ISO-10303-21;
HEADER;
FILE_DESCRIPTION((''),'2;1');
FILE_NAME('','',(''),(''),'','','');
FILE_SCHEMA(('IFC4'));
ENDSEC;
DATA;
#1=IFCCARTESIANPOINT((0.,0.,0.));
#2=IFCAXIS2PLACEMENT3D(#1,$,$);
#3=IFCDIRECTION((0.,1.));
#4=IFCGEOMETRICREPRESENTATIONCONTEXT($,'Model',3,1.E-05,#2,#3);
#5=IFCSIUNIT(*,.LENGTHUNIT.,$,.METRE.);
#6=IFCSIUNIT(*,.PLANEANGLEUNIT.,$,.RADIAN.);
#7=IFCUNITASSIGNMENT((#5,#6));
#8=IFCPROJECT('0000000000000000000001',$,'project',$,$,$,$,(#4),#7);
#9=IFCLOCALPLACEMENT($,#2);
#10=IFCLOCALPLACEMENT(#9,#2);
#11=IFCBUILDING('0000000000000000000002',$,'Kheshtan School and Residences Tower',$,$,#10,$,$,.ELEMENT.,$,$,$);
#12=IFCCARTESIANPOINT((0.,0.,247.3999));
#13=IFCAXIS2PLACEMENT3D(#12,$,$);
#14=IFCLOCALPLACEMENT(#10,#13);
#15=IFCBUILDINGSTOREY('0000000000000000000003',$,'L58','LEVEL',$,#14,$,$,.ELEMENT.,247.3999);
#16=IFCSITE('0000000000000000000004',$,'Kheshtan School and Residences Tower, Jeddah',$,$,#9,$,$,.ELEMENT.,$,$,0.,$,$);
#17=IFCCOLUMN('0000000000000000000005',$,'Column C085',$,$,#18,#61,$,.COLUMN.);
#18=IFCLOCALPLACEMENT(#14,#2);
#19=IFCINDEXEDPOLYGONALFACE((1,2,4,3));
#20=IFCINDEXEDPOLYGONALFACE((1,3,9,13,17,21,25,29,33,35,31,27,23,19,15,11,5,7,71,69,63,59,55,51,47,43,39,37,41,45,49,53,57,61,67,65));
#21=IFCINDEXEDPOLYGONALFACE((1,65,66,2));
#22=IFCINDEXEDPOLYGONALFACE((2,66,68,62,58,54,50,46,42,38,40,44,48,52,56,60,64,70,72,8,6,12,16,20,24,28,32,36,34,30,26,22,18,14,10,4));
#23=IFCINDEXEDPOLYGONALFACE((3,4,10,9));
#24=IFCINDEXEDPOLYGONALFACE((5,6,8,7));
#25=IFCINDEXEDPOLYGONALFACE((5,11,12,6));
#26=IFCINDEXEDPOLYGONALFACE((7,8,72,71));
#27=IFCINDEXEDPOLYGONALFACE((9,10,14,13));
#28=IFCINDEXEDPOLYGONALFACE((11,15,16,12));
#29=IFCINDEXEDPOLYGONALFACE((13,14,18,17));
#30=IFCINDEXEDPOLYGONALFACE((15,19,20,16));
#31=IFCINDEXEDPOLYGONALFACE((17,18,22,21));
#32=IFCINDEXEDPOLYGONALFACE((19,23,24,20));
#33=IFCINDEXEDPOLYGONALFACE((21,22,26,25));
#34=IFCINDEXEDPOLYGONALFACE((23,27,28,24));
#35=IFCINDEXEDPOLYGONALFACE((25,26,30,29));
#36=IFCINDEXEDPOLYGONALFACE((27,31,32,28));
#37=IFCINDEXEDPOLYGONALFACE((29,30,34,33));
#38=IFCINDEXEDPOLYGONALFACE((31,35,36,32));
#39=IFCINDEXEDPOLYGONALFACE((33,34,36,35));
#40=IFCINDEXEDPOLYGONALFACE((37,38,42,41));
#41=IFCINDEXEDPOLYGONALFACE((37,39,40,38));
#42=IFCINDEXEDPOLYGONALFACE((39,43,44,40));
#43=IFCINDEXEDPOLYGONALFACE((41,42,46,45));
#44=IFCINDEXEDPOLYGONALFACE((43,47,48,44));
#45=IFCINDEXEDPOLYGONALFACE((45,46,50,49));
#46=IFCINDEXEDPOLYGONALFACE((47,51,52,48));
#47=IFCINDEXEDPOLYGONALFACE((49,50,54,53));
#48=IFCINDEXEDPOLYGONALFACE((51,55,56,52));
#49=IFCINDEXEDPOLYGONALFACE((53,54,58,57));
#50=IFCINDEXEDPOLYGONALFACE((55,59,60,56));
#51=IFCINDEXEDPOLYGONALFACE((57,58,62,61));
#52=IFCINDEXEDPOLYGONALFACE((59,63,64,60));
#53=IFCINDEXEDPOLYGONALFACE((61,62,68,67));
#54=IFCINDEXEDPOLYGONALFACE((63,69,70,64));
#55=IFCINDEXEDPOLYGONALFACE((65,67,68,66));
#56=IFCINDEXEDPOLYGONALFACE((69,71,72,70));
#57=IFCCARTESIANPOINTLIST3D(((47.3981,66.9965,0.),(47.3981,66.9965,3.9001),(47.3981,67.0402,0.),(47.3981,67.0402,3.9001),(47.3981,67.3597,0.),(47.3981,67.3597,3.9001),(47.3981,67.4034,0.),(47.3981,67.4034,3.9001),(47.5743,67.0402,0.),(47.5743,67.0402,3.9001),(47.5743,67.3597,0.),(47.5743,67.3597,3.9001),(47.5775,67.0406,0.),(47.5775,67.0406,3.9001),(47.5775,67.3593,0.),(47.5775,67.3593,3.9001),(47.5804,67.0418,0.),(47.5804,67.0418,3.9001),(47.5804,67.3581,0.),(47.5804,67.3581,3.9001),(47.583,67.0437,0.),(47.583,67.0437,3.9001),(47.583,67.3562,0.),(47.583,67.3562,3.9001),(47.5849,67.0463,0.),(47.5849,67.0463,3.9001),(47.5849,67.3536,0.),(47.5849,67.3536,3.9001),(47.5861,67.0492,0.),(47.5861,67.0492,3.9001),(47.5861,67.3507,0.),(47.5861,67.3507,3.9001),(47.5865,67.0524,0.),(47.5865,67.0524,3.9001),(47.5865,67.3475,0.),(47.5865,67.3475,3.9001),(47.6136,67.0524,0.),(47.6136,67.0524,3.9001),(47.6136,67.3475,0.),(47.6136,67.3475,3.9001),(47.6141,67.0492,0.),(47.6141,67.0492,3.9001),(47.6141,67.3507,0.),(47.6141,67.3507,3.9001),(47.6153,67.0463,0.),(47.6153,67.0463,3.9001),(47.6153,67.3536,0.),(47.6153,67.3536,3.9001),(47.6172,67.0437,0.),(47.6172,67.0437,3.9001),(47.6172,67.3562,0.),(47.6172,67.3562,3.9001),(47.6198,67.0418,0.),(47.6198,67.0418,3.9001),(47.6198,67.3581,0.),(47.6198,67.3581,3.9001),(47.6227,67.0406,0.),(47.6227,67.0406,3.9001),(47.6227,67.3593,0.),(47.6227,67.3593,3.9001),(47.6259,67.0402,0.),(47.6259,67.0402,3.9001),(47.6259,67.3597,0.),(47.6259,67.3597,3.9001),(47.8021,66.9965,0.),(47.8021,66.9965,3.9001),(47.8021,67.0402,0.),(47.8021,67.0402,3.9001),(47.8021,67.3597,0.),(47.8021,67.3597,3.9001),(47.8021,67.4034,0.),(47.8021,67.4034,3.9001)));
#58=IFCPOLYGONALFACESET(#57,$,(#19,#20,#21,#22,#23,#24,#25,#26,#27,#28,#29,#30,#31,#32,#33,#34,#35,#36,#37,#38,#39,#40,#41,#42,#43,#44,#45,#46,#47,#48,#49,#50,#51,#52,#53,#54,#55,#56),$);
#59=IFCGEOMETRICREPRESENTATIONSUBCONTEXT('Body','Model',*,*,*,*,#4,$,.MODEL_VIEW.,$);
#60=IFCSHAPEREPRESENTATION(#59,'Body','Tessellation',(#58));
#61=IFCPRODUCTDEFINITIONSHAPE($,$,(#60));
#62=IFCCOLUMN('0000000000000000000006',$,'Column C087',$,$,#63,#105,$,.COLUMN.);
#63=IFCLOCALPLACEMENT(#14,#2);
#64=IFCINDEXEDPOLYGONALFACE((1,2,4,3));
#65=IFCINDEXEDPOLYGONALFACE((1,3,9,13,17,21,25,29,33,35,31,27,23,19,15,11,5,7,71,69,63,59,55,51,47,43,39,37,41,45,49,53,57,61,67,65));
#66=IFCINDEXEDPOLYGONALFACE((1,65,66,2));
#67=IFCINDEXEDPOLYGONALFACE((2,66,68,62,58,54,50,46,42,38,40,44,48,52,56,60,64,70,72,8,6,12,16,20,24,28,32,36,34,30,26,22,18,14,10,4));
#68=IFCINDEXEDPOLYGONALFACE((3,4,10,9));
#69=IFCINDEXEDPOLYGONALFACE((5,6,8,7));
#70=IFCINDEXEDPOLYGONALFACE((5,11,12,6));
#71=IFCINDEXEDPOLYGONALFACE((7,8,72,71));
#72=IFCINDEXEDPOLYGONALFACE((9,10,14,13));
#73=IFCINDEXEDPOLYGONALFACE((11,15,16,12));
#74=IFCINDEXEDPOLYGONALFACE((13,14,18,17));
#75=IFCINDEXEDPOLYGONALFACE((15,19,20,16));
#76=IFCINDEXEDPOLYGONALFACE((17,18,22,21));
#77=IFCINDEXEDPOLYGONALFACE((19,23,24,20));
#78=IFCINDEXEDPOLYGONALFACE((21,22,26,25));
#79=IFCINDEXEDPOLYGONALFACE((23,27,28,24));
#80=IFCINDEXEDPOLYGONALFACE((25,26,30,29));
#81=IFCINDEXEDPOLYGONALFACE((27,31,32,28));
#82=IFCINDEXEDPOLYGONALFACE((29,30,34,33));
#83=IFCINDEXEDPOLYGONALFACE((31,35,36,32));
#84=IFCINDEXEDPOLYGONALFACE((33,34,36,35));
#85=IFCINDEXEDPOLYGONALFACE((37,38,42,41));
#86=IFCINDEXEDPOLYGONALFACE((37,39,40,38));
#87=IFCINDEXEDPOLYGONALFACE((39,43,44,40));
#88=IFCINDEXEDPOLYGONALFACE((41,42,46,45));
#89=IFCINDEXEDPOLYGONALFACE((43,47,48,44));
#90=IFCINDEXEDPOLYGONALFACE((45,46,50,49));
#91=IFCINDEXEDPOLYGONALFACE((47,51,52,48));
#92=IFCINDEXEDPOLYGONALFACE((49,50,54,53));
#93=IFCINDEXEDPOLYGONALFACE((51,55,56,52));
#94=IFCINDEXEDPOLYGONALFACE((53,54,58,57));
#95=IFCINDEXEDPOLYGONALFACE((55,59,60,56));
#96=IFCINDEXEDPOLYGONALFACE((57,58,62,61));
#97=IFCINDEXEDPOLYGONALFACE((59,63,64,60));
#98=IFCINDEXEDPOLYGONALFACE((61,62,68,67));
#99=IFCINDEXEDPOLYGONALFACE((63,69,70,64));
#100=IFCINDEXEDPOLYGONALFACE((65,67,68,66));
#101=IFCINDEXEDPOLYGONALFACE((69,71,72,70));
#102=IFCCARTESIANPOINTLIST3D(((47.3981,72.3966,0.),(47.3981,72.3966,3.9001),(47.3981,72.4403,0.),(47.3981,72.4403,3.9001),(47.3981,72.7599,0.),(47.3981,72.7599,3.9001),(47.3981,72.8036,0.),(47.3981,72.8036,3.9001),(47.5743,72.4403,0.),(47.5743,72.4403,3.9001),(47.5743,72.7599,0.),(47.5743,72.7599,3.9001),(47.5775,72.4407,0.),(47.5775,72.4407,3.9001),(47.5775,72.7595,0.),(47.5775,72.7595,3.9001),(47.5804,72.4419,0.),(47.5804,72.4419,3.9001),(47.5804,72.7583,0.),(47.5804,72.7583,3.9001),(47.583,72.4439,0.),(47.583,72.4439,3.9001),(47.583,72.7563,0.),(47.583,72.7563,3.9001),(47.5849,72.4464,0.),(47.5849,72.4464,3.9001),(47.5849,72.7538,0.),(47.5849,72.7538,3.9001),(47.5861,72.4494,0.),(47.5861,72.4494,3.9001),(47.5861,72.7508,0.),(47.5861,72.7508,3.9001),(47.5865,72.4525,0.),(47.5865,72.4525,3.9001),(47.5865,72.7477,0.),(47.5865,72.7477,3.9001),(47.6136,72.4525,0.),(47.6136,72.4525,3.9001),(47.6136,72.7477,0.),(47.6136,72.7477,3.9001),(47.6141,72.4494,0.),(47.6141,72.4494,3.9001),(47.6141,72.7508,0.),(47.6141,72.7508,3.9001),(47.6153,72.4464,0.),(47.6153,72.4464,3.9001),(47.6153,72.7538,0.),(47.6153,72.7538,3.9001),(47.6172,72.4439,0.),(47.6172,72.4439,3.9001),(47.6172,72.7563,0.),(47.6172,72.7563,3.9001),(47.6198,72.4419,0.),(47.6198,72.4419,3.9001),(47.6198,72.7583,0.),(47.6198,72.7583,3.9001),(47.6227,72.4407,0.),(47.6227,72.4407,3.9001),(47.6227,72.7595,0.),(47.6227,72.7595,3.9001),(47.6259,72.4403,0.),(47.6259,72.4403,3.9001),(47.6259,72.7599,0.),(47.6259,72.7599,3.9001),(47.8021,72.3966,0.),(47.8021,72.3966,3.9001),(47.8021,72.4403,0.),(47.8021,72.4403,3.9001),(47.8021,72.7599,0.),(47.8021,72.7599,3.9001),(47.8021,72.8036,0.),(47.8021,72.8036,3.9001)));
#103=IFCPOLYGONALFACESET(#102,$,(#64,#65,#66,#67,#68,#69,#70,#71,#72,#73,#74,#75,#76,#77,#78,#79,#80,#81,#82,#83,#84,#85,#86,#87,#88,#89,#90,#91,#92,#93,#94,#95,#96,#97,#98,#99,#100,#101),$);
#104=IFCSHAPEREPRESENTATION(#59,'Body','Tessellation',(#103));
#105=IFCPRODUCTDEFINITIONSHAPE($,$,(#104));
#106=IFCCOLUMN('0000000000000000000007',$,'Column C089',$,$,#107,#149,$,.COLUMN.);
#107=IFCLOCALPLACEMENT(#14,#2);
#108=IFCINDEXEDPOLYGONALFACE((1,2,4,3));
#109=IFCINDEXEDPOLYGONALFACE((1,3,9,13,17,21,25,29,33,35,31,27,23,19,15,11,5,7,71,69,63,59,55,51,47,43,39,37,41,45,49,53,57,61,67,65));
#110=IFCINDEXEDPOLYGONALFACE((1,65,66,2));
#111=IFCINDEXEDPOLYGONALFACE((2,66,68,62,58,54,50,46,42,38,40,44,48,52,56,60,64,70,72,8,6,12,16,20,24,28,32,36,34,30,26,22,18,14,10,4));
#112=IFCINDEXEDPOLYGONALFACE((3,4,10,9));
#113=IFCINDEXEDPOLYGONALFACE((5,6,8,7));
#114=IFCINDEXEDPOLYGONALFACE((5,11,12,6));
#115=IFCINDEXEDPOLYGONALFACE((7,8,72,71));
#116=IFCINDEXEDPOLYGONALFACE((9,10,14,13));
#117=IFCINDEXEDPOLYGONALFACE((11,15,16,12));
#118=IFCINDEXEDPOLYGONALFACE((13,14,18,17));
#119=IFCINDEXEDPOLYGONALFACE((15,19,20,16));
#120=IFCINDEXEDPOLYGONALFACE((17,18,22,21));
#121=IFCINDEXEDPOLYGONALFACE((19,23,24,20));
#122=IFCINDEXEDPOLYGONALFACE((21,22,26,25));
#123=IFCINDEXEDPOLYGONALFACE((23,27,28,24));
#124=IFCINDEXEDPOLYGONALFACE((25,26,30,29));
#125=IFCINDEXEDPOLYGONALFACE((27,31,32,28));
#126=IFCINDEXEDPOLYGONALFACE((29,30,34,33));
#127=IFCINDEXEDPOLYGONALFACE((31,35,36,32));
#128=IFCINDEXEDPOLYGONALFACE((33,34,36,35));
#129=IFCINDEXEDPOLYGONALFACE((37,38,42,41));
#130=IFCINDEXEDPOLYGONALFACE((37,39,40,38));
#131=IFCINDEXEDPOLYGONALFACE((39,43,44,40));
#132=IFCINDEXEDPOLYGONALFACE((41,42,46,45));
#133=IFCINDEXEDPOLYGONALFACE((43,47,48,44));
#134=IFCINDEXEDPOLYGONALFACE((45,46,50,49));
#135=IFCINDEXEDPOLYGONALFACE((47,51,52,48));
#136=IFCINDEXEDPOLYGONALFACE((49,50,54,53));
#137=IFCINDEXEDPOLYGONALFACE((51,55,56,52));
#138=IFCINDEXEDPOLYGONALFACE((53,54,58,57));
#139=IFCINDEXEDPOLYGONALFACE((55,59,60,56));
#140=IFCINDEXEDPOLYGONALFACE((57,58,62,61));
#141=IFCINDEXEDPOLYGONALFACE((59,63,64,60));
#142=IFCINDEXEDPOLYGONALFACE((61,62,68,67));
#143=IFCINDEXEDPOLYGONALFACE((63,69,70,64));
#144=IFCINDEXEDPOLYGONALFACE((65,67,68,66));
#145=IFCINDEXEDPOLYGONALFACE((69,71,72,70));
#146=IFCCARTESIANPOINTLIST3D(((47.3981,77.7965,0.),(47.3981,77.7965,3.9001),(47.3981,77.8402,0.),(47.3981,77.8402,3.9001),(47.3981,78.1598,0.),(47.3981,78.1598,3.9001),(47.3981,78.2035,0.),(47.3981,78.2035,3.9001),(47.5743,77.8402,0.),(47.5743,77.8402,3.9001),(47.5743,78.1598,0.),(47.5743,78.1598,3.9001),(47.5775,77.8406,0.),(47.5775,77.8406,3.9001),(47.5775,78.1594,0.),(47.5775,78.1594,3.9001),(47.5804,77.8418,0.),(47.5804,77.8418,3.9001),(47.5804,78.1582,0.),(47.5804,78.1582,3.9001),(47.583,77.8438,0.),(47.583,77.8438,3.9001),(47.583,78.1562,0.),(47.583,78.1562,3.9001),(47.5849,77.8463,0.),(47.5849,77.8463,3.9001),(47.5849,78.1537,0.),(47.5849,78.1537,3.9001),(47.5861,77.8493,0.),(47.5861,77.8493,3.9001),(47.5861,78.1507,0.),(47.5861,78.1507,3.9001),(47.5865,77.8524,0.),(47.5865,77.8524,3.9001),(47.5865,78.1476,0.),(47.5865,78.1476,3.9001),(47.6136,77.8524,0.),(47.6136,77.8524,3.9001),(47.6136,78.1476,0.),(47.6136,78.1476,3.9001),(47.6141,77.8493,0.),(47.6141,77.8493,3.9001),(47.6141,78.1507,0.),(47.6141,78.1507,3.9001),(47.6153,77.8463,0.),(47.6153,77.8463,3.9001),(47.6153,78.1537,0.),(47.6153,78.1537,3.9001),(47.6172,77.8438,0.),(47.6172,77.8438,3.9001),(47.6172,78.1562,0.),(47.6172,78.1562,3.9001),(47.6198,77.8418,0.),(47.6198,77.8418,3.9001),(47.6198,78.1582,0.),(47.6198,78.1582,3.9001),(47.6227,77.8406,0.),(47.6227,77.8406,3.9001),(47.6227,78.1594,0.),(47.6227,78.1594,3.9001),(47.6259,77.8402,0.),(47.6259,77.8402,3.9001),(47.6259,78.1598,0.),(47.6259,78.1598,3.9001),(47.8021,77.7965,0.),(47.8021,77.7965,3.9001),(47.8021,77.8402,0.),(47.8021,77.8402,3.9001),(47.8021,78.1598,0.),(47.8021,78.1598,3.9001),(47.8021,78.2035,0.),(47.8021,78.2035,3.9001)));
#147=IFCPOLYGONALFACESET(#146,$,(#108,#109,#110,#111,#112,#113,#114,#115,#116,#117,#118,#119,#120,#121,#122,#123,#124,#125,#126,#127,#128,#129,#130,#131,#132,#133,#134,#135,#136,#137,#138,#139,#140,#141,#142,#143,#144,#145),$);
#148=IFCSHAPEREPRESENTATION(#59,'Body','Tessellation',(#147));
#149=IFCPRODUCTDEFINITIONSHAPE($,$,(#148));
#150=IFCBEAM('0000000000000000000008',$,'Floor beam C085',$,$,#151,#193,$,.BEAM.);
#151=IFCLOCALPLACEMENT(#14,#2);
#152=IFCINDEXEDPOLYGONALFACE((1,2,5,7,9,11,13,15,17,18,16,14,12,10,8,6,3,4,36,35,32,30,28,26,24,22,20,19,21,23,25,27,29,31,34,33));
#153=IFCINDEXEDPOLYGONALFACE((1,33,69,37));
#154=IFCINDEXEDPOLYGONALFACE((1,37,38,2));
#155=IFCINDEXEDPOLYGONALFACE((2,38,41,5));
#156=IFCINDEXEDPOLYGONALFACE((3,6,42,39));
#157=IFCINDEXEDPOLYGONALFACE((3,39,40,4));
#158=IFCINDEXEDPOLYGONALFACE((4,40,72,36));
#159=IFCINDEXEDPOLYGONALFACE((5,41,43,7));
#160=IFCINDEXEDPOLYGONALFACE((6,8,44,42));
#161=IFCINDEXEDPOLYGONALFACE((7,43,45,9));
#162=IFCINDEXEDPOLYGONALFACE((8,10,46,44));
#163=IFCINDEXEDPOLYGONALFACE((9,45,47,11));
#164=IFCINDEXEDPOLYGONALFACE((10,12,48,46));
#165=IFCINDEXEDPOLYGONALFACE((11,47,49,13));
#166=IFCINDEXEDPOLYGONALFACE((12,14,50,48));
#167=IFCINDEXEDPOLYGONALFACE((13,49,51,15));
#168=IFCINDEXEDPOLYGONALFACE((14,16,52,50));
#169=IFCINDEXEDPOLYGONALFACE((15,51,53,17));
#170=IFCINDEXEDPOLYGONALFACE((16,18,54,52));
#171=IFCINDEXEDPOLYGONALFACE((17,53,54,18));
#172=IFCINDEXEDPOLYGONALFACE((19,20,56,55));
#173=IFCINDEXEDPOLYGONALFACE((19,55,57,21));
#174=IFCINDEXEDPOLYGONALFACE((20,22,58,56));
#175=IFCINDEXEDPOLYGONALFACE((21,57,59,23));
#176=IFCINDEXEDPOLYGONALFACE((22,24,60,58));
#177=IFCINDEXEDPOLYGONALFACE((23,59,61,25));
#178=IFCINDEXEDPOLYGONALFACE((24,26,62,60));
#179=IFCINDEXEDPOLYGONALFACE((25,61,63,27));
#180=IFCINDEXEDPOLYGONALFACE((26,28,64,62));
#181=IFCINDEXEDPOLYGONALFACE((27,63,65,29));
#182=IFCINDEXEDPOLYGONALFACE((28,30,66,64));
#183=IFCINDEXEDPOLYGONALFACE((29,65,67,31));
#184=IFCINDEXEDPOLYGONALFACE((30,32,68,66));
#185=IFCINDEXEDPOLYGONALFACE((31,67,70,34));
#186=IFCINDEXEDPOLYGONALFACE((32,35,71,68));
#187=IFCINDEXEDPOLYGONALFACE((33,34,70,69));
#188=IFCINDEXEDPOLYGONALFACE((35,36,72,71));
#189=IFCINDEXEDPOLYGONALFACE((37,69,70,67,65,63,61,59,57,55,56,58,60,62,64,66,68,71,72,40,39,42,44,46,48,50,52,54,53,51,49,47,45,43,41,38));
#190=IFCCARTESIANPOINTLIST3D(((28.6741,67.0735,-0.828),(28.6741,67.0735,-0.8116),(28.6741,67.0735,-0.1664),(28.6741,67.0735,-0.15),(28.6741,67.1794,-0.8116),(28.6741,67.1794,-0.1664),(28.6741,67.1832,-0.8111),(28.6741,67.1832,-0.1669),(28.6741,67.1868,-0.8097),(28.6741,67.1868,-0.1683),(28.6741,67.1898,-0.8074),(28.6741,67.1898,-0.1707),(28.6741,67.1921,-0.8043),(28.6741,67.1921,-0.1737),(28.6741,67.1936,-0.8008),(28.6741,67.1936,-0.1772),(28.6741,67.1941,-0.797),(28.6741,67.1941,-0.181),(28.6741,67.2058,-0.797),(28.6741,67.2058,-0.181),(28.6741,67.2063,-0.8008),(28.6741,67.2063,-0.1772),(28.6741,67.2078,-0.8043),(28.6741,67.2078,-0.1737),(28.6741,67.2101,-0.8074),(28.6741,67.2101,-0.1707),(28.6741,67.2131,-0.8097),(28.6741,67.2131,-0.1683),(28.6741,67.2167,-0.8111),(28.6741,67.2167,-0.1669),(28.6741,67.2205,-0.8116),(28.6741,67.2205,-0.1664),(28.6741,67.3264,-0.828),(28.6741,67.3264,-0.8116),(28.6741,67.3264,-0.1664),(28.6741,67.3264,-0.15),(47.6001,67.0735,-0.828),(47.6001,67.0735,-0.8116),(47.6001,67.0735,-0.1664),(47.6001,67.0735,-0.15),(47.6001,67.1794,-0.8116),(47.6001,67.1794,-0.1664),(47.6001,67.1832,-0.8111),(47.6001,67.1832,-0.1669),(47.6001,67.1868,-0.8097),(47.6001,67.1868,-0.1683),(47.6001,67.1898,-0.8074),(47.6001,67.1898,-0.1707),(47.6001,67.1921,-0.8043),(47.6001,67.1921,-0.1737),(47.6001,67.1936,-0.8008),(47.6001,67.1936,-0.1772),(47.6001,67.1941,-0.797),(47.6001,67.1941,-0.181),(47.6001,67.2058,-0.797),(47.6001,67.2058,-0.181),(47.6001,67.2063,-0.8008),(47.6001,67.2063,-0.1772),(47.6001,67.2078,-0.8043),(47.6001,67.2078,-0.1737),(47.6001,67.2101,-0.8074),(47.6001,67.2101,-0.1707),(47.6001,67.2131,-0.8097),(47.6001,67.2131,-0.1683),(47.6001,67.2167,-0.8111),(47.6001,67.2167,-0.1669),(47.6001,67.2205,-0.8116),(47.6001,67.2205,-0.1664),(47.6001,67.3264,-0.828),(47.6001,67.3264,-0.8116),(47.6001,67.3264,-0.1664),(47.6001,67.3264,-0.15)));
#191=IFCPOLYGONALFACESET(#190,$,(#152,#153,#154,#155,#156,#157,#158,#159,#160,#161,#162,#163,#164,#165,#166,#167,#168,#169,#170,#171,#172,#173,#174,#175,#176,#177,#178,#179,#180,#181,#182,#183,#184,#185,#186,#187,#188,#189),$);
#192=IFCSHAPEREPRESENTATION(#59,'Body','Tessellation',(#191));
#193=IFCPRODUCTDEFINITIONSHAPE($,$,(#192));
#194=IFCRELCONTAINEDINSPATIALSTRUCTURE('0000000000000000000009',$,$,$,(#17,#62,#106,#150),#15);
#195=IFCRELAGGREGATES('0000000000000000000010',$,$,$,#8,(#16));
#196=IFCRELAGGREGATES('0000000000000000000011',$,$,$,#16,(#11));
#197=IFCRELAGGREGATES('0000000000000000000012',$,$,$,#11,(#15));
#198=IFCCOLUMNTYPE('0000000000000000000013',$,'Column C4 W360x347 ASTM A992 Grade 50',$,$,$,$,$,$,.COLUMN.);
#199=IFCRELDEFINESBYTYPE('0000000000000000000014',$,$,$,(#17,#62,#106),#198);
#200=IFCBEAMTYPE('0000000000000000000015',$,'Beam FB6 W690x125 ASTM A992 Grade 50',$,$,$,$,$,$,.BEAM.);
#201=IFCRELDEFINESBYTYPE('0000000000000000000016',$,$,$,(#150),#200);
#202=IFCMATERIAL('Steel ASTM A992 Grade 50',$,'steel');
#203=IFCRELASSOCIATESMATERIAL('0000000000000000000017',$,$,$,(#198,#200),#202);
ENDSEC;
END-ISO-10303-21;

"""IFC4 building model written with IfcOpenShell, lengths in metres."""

from ifc_helpers import new_model, si_unit, direction, frame, origin, origin_2d, place, context, subcontext, project, spatial, i_section, extrude, material, material_profile, profile_set, type_object, element, save


model = new_model("IFC4")

# Units and contexts
model_context = context("Model", 3, precision=1e-05, world=origin(), true_north=direction((0.0, 1.0)))
body_context = subcontext(model_context, "Body", "Model", "MODEL_VIEW")
ifc_project = project(units=[si_unit("LENGTHUNIT", "METRE"), si_unit("PLANEANGLEUNIT", "RADIAN")], contexts=[model_context])

# Site, building, storey
site_placement = place(None, origin())
site = spatial("IfcSite", under=ifc_project, at=site_placement, Name="Kheshtan School and Residences Tower, Jeddah", CompositionType="ELEMENT", RefElevation=0.0)
building_placement = place(site_placement, origin())
building = spatial("IfcBuilding", under=site, at=building_placement, Name="Kheshtan School and Residences Tower", CompositionType="ELEMENT")
storey_placement = place(building_placement, frame((0.0, 0.0, 247.3999)))
storey = spatial("IfcBuildingStorey", under=building, at=storey_placement, Name="L58", Description="LEVEL", CompositionType="ELEMENT", Elevation=247.3999)

# Columns
ifc_material_1 = material(Name="Steel ASTM A992 Grade 50", Category="steel")
ifc_material_profile_1 = material_profile(ifc_material_1, i_section(OverallWidth=0.4041, OverallDepth=0.407, WebThickness=0.0271, FlangeThickness=0.0437, FilletRadius=0.0122, at=origin_2d()), Name="W360x347")
ifc_profile_set_1 = profile_set([ifc_material_profile_1], Name="Steel ASTM A992 Grade 50")
column_type = type_object("IfcColumnType", Name="Column C4 W360x347 ASTM A992 Grade 50", PredefinedType="COLUMN", material=ifc_profile_set_1)
for number, where, z_axis, x_axis, name in (
    (1, (47.6001, 67.2, 0.0), (0.0, 0.0, 1.0), (1.0, 0.0, 0.0), "Column C085"),
    (2, (47.6001, 72.6001, 0.0), (0.0, 0.0, 1.0), (1.0, 0.0, 0.0), "Column C087"),
    (3, (47.6001, 78.0, 0.0), (0.0, 0.0, 1.0), (1.0, 0.0, 0.0), "Column C089"),
):
    element("IfcColumn", number, at=place(storey_placement, frame(where, z_axis=z_axis, x_axis=x_axis)), inside=storey, type_object=column_type, Name=name, PredefinedType="COLUMN", context=body_context, shape_type="SweptSolid", body=[
        extrude(i_section(OverallWidth=0.4041, OverallDepth=0.407, WebThickness=0.0271, FlangeThickness=0.0437, FilletRadius=0.0122, at=origin_2d()), origin(), (0.0, 0.0, 1.0), 3.9001),
    ])

# Beam
ifc_material_profile_2 = material_profile(ifc_material_1, i_section(OverallWidth=0.2529, OverallDepth=0.678, WebThickness=0.0117, FlangeThickness=0.0164, FilletRadius=0.0146, at=origin_2d()), Name="W690x125")
ifc_profile_set_2 = profile_set([ifc_material_profile_2], Name="Steel ASTM A992 Grade 50")
beam_type_1 = type_object("IfcBeamType", Name="Beam FB6 W690x125 ASTM A992 Grade 50", PredefinedType="BEAM", material=ifc_profile_set_2)
beam_1_placement = place(storey_placement, frame((47.6001, 67.2, -0.489), z_axis=(-1.0, 0.0, 0.0), x_axis=(0.0, -1.0, 0.0)))
element("IfcBeam", 4, at=beam_1_placement, inside=storey, type_object=beam_type_1, Name="Floor beam C085", PredefinedType="BEAM", context=body_context, shape_type="SweptSolid", body=[
    extrude(i_section(OverallWidth=0.2529, OverallDepth=0.678, WebThickness=0.0117, FlangeThickness=0.0164, FilletRadius=0.0146, at=origin_2d()), origin(), (0.0, 0.0, 1.0), 18.926),
])

save(model, "model.ifc")
